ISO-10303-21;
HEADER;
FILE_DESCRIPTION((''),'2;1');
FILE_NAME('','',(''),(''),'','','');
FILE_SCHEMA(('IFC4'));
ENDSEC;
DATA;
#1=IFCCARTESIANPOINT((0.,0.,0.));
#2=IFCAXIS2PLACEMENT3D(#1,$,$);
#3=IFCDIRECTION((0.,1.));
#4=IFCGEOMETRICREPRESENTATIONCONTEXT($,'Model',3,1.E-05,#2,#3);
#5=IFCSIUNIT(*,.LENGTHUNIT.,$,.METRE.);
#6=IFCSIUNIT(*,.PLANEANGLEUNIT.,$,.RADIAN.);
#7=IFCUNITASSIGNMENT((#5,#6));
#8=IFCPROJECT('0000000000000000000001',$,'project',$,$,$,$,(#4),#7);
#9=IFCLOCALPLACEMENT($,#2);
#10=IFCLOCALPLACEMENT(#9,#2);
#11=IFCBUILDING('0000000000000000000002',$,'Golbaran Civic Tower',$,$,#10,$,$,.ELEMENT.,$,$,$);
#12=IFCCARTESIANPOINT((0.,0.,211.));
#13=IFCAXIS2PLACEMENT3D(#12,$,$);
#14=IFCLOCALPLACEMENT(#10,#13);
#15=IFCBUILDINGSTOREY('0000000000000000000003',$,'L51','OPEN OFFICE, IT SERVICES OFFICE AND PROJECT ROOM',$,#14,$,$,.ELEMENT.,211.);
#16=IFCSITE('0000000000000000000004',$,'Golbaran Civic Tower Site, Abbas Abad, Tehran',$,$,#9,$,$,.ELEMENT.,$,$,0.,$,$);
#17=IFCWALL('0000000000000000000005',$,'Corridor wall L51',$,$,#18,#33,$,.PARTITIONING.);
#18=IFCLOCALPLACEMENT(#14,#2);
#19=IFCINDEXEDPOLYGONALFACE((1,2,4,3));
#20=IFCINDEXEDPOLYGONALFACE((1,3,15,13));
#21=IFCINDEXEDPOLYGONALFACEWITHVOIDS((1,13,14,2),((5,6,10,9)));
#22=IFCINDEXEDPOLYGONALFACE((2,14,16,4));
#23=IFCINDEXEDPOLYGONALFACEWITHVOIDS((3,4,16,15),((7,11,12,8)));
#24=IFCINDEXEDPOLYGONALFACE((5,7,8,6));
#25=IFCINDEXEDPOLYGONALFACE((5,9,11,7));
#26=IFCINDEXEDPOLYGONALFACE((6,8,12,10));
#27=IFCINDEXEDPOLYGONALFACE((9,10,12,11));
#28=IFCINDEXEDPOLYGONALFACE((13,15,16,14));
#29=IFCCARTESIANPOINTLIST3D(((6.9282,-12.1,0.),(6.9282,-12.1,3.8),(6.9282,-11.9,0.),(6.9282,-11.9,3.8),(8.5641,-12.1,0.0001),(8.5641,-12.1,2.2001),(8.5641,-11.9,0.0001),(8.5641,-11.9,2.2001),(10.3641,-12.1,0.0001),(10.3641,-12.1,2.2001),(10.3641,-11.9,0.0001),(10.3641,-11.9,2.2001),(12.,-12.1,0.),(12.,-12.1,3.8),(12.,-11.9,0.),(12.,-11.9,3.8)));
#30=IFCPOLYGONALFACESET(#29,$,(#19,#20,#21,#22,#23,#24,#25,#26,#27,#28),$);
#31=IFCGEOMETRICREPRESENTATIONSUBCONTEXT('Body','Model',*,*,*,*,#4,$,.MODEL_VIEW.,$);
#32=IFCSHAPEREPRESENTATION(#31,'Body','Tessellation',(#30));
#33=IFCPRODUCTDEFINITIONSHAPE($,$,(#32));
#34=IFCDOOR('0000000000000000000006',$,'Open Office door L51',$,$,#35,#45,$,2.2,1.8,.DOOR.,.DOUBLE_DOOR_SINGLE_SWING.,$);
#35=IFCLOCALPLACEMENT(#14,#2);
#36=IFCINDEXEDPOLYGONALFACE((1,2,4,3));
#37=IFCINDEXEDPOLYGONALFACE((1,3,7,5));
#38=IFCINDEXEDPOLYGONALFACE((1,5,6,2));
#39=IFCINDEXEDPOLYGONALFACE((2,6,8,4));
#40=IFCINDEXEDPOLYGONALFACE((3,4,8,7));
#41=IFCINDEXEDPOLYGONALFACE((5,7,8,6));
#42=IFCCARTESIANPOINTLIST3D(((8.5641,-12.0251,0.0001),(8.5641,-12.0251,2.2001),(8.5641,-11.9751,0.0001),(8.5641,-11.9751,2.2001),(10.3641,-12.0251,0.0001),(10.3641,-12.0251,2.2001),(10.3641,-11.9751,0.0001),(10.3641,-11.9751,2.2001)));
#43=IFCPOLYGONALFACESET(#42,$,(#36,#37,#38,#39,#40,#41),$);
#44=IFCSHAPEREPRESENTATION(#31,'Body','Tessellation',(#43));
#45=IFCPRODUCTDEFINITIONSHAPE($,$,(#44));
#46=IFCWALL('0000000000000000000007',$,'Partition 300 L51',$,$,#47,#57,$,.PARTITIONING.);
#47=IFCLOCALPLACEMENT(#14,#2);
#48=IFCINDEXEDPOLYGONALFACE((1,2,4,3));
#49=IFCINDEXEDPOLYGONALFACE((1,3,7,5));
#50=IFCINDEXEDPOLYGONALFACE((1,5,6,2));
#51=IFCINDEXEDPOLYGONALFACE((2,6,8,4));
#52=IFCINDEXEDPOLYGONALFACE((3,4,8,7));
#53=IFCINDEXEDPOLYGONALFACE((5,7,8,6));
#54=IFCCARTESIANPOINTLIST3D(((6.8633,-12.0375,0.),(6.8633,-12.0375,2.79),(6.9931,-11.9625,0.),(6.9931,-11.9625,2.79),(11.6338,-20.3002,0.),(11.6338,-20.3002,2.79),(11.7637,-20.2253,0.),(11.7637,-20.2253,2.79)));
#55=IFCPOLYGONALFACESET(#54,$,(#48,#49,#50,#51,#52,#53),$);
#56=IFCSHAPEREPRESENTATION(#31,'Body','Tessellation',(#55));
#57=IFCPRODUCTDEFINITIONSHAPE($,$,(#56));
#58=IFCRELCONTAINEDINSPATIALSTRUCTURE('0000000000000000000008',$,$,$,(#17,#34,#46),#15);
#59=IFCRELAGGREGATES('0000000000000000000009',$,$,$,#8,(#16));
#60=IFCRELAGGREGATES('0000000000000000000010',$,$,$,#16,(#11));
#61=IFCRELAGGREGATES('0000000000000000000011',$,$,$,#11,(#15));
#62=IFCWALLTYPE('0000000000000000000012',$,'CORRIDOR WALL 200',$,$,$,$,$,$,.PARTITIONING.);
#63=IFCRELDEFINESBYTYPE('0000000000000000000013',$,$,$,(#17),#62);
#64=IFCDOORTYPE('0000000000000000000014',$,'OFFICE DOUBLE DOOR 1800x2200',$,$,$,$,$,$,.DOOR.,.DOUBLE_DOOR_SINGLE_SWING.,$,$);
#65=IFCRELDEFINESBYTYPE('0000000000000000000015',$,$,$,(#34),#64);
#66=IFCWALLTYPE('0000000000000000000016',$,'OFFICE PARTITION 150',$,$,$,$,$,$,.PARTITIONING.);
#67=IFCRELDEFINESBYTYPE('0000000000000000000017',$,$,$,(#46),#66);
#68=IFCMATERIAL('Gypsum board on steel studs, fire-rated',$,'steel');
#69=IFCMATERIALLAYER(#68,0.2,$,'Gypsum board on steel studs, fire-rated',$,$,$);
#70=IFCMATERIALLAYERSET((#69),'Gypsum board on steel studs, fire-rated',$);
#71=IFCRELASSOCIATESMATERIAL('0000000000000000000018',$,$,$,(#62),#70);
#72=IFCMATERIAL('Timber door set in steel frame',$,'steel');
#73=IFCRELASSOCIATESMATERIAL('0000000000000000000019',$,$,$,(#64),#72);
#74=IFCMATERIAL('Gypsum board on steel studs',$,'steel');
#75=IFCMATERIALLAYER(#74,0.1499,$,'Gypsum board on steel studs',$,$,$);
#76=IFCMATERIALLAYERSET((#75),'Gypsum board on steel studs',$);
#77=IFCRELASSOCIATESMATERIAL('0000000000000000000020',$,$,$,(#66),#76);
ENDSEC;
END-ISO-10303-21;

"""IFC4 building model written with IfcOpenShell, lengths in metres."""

from ifc_helpers import new_model, si_unit, direction, frame, frame_2d, origin, place, context, subcontext, project, spatial, rectangle, extrude, material, layer, layer_set, type_object, element, fill, save


model = new_model("IFC4")

# Units and contexts
model_context = context("Model", 3, precision=1e-05, world=origin(), true_north=direction((0.0, 1.0)))
body_context = subcontext(model_context, "Body", "Model", "MODEL_VIEW")
ifc_project = project(units=[si_unit("LENGTHUNIT", "METRE"), si_unit("PLANEANGLEUNIT", "RADIAN")], contexts=[model_context])

# Site, building, storey
site_placement = place(None, origin())
site = spatial("IfcSite", under=ifc_project, at=site_placement, Name="Golbaran Civic Tower Site, Abbas Abad, Tehran", CompositionType="ELEMENT", RefElevation=0.0)
building_placement = place(site_placement, origin())
building = spatial("IfcBuilding", under=site, at=building_placement, Name="Golbaran Civic Tower", CompositionType="ELEMENT")
storey_placement = place(building_placement, frame((0.0, 0.0, 211.0)))
storey = spatial("IfcBuildingStorey", under=building, at=storey_placement, Name="L51", Description="OPEN OFFICE, IT SERVICES OFFICE AND PROJECT ROOM", CompositionType="ELEMENT", Elevation=211.0)

# Shared definitions
ifc_material_1 = material(Name="Timber door set in steel frame", Category="steel")

# Wall, opening, door
ifc_material_2 = material(Name="Gypsum board on steel studs, fire-rated", Category="steel")
ifc_layer_1 = layer(ifc_material_2, 0.2, Name="Gypsum board on steel studs, fire-rated")
ifc_layer_set_1 = layer_set([ifc_layer_1], Name="Gypsum board on steel studs, fire-rated")
wall_type_1 = type_object("IfcWallType", Name="CORRIDOR WALL 200", PredefinedType="PARTITIONING", material=ifc_layer_set_1)
wall_1_placement = place(storey_placement, frame((6.9282, -12.0, 0.0), z_axis=(0.0, 0.0, 1.0), x_axis=(1.0, 0.0, 0.0)))
wall_1 = element("IfcWall", 1, at=wall_1_placement, inside=storey, type_object=wall_type_1, Name="Corridor wall L51", PredefinedType="PARTITIONING", context=body_context, shape_type="SweptSolid", body=[
    extrude(rectangle(XDim=5.0718, YDim=0.2, at=frame_2d((2.5359, 0.0))), origin(), (0.0, 0.0, 1.0), 3.8),
])
opening_1_placement = place(wall_1_placement, frame((1.636, 0.0, 0.0)))
opening_1 = element("IfcOpeningElement", 2, at=opening_1_placement, cuts=wall_1, PredefinedType="OPENING", context=body_context, shape_type="SweptSolid", body=[
    extrude(rectangle(XDim=1.8, YDim=2.2, at=frame_2d((0.8999, 1.1001))), frame((0.0, 0.1099, 0.0), z_axis=(0.0, -1.0, 0.0), x_axis=(1.0, 0.0, 0.0)), (0.0, 0.0, 1.0), 0.22),
])
door_type_1 = type_object("IfcDoorType", Name="OFFICE DOUBLE DOOR 1800x2200", OperationType="DOUBLE_DOOR_SINGLE_SWING", PredefinedType="DOOR", material=ifc_material_1)
door_1_placement = place(opening_1_placement, origin())
door_1 = element("IfcDoor", 3, at=door_1_placement, inside=storey, type_object=door_type_1, Name="Open Office door L51", OperationType="DOUBLE_DOOR_SINGLE_SWING", OverallHeight=2.2, OverallWidth=1.8, PredefinedType="DOOR", context=body_context, shape_type="SweptSolid", body=[
    extrude(rectangle(XDim=1.8, YDim=2.2, at=frame_2d((0.8999, 1.1001))), frame((0.0, 0.0249, 0.0), z_axis=(0.0, -1.0, 0.0), x_axis=(1.0, 0.0, 0.0)), (0.0, 0.0, 1.0), 0.05),
])
fill(opening_1, door_1)

# Wall
ifc_material_3 = material(Name="Gypsum board on steel studs", Category="steel")
ifc_layer_2 = layer(ifc_material_3, 0.1499, Name="Gypsum board on steel studs")
ifc_layer_set_2 = layer_set([ifc_layer_2], Name="Gypsum board on steel studs")
wall_type_2 = type_object("IfcWallType", Name="OFFICE PARTITION 150", PredefinedType="PARTITIONING", material=ifc_layer_set_2)
wall_2_placement = place(storey_placement, frame((6.9282, -12.0, 0.0), z_axis=(0.0, 0.0, 1.0), x_axis=(0.500003, -0.866024, 0.0)))
element("IfcWall", 4, at=wall_2_placement, inside=storey, type_object=wall_type_2, Name="Partition 300 L51", PredefinedType="PARTITIONING", context=body_context, shape_type="SweptSolid", body=[
    extrude(rectangle(XDim=9.541, YDim=0.1499, at=frame_2d((4.7705, 0.0))), origin(), (0.0, 0.0, 1.0), 2.79),
])

save(model, "model.ifc")
